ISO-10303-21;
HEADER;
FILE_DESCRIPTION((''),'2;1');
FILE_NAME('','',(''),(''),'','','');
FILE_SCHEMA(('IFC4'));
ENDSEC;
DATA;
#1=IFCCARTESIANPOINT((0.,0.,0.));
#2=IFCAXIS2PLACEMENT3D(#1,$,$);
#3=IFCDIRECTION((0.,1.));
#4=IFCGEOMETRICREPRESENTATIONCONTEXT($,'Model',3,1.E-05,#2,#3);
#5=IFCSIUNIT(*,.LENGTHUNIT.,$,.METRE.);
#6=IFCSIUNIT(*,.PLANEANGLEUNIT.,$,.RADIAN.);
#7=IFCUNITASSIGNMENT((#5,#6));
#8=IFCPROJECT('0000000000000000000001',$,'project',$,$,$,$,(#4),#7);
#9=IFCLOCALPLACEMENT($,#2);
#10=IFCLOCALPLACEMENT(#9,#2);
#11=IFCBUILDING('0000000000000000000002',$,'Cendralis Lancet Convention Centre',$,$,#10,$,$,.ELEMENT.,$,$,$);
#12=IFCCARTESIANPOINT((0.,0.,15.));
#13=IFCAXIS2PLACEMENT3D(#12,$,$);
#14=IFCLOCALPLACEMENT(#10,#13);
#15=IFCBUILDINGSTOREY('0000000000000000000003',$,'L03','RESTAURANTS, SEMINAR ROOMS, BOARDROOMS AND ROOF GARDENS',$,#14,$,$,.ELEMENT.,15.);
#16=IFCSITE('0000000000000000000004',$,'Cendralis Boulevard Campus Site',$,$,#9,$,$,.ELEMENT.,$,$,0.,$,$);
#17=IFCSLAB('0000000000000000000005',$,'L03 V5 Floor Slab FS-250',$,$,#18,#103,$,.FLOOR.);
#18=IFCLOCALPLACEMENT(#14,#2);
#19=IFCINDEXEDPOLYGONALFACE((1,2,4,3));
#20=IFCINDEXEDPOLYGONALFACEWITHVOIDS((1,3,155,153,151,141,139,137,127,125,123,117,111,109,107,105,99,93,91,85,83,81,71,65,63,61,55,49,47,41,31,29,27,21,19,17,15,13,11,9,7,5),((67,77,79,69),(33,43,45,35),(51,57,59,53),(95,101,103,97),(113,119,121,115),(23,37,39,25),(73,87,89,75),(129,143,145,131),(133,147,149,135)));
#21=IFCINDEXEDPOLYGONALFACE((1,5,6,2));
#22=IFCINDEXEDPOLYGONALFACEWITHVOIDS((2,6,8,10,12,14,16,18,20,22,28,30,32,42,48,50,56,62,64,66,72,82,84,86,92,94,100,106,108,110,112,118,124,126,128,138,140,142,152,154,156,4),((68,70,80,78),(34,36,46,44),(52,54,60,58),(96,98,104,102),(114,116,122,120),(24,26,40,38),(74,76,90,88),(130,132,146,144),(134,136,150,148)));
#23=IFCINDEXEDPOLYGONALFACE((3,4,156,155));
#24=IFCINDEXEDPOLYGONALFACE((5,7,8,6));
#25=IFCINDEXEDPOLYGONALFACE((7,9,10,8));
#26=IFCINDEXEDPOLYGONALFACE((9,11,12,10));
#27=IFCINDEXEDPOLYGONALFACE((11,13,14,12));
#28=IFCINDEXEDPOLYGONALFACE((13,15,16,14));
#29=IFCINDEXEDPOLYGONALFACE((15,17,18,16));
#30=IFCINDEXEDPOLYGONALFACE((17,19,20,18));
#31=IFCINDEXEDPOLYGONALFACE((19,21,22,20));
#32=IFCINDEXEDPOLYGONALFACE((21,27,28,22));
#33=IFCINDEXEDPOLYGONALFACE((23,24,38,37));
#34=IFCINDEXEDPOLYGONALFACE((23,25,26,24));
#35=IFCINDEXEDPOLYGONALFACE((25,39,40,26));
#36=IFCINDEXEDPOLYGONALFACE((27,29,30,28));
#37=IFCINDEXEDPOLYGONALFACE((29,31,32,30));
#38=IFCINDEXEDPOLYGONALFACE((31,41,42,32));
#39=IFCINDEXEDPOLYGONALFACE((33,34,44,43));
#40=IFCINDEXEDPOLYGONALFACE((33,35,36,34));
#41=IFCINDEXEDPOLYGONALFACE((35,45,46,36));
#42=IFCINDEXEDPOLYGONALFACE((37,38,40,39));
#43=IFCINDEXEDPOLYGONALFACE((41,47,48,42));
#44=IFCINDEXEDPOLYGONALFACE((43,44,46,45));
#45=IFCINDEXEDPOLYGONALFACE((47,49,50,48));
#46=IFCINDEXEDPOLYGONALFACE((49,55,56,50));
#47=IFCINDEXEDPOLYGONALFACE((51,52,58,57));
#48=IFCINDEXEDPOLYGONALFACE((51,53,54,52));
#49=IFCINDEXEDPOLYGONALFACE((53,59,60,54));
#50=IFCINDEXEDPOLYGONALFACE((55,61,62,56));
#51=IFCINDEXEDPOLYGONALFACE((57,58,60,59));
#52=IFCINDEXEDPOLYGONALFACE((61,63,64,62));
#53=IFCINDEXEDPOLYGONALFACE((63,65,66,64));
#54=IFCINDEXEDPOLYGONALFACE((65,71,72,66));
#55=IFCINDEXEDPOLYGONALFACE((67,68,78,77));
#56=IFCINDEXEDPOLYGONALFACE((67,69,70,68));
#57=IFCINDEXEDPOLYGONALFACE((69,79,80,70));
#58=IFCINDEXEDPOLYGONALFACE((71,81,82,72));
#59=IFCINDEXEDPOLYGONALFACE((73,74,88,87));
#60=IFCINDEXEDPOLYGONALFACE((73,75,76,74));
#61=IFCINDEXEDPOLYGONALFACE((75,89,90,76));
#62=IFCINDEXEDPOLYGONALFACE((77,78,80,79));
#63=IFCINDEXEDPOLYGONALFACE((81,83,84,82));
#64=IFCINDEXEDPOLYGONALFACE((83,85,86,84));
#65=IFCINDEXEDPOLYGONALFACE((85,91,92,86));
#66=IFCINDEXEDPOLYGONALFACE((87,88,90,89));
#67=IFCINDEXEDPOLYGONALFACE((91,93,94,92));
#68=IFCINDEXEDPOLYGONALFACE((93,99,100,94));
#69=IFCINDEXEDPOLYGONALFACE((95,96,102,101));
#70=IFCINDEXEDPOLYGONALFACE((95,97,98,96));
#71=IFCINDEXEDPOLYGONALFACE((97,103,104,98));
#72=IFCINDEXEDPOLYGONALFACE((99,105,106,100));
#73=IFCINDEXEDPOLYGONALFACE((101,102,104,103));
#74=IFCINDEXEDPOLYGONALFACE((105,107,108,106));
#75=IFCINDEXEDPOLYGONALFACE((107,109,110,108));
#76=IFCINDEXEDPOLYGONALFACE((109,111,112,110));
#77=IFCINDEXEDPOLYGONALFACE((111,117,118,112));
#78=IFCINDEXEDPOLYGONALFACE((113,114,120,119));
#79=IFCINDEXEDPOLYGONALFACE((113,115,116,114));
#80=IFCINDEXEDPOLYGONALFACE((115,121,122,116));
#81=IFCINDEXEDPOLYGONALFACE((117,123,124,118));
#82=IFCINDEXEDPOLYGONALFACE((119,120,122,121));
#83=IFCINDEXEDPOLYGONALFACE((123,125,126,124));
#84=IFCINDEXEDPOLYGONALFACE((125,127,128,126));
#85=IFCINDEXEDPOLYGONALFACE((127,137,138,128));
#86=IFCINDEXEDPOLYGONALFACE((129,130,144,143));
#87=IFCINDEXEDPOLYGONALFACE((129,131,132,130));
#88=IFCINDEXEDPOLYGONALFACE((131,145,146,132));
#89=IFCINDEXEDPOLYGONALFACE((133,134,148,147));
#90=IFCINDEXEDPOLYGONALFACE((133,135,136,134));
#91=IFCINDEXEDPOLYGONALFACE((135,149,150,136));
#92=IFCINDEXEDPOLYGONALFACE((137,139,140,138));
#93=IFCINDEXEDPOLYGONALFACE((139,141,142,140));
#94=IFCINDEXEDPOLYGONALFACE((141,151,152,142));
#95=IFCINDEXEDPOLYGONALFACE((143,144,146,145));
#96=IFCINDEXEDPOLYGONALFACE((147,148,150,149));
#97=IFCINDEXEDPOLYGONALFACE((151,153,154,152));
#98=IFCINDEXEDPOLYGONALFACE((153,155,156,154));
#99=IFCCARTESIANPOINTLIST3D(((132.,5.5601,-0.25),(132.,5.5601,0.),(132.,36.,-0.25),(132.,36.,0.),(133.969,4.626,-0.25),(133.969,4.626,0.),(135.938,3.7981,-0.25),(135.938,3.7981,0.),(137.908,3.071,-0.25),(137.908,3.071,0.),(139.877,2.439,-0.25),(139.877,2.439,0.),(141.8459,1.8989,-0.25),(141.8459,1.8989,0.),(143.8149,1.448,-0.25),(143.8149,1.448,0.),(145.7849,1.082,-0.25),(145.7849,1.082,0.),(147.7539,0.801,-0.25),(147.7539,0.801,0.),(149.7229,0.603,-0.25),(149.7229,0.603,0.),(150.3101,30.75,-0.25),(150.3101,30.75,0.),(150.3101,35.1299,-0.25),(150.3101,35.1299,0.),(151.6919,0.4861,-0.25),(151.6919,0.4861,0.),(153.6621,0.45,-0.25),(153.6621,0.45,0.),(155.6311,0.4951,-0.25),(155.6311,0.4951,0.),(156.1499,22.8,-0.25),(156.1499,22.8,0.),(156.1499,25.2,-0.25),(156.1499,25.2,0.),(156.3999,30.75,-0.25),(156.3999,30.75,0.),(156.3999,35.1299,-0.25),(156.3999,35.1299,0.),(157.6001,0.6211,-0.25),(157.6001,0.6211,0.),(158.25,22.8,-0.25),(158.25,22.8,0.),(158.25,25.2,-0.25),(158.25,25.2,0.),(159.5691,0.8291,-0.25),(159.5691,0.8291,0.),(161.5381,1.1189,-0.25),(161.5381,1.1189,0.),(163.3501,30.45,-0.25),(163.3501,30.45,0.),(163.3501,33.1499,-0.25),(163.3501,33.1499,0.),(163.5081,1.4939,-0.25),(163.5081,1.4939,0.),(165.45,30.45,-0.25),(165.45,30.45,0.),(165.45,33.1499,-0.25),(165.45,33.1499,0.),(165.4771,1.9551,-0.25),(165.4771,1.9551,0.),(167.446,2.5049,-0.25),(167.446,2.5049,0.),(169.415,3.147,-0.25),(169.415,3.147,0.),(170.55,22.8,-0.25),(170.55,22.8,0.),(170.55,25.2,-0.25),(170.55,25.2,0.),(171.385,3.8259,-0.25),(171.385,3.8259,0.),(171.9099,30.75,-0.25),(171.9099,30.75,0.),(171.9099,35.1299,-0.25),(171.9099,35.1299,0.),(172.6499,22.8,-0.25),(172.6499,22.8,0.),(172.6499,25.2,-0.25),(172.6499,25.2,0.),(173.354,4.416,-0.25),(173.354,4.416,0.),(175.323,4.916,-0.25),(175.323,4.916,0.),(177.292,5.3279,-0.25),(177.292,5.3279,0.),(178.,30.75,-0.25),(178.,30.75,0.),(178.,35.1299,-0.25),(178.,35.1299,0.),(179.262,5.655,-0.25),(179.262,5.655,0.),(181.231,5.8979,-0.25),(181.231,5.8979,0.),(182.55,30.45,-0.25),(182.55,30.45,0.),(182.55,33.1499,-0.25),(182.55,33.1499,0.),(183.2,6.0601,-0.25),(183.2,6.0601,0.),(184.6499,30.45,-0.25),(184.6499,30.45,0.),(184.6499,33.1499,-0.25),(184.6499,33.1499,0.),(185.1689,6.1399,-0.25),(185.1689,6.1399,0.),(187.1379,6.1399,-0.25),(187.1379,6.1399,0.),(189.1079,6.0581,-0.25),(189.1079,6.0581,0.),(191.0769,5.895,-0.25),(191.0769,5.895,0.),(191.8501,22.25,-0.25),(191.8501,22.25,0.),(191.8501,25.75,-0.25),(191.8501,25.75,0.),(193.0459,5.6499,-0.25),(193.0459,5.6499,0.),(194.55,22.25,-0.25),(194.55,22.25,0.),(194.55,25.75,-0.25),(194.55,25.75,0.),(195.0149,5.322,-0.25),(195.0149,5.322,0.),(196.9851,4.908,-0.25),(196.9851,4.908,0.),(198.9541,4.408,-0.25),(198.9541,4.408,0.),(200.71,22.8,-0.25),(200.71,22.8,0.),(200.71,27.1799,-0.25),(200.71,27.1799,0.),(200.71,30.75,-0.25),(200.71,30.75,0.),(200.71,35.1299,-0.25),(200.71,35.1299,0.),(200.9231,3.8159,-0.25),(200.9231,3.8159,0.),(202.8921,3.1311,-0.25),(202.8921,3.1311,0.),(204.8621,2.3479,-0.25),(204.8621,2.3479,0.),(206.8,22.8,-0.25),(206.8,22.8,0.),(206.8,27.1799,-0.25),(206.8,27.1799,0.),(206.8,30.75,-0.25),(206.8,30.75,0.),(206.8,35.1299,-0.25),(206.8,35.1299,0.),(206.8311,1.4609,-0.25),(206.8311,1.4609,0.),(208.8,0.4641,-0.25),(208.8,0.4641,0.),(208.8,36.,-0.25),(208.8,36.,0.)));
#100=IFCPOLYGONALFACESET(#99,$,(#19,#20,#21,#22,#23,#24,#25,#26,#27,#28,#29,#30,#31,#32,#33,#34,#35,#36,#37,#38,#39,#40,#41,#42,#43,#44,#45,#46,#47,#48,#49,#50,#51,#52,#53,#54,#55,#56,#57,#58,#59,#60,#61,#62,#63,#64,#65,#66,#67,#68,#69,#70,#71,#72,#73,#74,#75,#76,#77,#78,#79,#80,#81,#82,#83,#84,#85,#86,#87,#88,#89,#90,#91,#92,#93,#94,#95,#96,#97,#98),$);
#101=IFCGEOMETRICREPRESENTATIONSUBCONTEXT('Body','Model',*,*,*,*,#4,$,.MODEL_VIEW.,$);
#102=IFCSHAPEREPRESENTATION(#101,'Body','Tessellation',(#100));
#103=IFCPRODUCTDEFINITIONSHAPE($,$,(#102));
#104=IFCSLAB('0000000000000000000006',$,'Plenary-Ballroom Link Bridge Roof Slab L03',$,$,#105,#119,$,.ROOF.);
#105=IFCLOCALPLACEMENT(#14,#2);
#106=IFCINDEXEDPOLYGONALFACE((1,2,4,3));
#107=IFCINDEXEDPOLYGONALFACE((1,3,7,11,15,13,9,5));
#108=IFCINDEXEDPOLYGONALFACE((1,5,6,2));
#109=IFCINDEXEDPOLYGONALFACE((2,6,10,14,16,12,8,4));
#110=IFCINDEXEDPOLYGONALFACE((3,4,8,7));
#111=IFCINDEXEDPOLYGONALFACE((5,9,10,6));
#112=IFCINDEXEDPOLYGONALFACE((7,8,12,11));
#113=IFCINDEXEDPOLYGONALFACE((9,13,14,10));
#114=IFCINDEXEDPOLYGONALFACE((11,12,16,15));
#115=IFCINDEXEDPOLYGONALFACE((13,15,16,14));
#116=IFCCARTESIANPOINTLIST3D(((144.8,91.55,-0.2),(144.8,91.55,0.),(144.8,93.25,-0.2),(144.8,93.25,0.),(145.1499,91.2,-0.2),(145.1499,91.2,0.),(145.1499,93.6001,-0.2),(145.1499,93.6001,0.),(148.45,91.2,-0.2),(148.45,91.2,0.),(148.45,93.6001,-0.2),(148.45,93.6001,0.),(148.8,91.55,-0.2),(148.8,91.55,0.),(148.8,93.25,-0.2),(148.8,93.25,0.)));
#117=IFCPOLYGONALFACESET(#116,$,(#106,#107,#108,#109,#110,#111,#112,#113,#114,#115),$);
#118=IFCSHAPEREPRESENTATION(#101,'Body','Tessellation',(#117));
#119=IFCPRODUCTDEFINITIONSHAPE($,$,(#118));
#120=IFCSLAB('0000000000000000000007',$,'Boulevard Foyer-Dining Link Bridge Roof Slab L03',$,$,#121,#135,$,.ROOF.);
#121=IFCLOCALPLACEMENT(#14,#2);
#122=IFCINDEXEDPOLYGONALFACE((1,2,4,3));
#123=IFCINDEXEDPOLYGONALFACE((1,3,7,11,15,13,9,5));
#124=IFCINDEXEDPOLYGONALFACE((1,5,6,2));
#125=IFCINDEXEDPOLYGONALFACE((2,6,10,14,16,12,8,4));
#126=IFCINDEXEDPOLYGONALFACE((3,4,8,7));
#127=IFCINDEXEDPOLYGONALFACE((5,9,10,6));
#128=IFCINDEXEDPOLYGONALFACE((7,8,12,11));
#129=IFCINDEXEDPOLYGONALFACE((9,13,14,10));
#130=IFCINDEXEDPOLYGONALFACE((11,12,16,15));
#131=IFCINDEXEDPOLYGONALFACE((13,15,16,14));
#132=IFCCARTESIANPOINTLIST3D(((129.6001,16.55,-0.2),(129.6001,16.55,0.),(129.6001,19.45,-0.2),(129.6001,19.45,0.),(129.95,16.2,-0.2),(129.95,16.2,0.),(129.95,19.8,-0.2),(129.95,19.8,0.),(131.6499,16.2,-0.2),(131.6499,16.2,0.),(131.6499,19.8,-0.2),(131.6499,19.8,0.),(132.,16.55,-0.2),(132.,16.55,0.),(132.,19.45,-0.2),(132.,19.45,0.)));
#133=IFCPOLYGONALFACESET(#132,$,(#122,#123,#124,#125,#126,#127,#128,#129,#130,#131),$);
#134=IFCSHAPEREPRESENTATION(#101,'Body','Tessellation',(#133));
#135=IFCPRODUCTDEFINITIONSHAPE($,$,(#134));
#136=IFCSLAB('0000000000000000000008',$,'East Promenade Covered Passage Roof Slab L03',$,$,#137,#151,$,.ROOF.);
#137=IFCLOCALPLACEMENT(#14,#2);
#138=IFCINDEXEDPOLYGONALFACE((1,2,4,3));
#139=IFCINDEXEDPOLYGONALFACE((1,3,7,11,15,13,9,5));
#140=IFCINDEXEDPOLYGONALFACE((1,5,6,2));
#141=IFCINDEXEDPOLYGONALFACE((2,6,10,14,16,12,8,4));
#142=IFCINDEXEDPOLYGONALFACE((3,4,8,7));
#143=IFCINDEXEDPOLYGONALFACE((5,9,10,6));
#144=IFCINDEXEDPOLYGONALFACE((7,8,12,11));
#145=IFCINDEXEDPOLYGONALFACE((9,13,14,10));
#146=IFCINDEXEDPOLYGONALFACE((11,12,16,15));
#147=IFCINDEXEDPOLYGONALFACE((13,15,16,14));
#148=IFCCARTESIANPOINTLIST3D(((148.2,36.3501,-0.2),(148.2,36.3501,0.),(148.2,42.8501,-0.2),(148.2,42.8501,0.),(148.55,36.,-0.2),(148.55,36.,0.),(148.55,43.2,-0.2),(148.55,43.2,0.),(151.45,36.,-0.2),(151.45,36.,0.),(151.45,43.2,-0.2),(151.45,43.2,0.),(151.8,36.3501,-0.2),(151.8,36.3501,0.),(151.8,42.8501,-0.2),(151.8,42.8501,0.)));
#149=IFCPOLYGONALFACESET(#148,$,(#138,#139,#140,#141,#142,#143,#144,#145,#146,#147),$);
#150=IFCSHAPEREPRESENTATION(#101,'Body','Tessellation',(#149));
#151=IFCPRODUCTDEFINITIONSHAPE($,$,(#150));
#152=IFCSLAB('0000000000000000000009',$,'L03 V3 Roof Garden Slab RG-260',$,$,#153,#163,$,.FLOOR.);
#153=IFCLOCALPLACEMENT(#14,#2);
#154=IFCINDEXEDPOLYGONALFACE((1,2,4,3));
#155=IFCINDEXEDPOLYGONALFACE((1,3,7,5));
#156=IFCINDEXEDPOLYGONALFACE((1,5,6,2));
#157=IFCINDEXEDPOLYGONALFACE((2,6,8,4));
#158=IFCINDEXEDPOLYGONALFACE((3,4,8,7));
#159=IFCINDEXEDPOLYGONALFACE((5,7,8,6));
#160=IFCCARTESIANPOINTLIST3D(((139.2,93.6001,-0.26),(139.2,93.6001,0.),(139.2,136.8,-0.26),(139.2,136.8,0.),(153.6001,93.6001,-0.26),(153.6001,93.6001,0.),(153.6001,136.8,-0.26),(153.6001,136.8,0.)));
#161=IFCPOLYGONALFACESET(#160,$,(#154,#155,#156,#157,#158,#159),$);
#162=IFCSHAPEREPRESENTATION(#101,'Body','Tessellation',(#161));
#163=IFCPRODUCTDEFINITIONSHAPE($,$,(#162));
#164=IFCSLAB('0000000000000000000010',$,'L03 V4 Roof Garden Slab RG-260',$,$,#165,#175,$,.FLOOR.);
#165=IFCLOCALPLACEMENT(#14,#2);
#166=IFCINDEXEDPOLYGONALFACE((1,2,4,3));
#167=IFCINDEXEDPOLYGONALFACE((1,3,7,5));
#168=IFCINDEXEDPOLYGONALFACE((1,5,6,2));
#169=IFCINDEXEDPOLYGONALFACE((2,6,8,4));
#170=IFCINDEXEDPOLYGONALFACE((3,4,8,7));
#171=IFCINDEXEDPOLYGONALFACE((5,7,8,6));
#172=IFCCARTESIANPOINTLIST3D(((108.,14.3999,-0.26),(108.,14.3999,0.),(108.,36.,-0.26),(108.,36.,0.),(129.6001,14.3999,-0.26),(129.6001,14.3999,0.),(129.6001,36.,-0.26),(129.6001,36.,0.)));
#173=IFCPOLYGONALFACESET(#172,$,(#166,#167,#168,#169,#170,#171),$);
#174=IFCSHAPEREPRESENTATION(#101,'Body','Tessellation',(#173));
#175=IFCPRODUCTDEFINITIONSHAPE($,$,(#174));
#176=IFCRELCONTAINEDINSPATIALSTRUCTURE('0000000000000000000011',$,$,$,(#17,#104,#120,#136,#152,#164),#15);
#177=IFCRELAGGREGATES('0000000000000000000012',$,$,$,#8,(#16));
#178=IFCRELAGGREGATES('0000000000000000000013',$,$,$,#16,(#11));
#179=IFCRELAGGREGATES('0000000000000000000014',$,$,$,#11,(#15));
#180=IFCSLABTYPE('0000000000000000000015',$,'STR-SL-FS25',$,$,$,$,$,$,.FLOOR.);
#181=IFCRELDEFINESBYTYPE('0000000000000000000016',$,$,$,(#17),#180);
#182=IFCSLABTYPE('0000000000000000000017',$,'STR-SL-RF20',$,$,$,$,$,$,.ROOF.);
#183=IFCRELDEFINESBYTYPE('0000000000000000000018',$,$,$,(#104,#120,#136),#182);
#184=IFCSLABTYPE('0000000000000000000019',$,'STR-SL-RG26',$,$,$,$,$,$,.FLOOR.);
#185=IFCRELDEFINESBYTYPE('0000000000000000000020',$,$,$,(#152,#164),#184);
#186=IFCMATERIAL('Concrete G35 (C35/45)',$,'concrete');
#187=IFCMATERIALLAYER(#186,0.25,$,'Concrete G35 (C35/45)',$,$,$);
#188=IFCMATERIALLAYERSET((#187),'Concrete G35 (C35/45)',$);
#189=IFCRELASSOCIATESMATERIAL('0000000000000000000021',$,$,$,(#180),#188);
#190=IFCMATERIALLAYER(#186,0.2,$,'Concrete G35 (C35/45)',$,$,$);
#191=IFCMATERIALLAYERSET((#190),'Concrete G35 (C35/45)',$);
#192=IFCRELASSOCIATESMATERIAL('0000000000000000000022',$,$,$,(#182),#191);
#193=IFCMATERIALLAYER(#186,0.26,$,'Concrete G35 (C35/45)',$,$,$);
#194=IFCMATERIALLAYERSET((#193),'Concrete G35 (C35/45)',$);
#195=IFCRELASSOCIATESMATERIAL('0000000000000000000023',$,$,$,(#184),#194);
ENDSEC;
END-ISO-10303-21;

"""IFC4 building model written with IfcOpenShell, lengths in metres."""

from ifc_helpers import new_model, si_unit, direction, frame, origin, place, context, subcontext, project, spatial, polyline, outline, extrude, material, layer, layer_set, type_object, element, save


model = new_model("IFC4")

# Units and contexts
model_context = context("Model", 3, precision=1e-05, world=origin(), true_north=direction((0.0, 1.0)))
body_context = subcontext(model_context, "Body", "Model", "MODEL_VIEW")
ifc_project = project(units=[si_unit("LENGTHUNIT", "METRE"), si_unit("PLANEANGLEUNIT", "RADIAN")], contexts=[model_context])

# Site, building, storey
site_placement = place(None, origin())
site = spatial("IfcSite", under=ifc_project, at=site_placement, Name="Cendralis Boulevard Campus Site", CompositionType="ELEMENT", RefElevation=0.0)
building_placement = place(site_placement, origin())
building = spatial("IfcBuilding", under=site, at=building_placement, Name="Cendralis Lancet Convention Centre", CompositionType="ELEMENT")
storey_placement = place(building_placement, frame((0.0, 0.0, 15.0)))
storey = spatial("IfcBuildingStorey", under=building, at=storey_placement, Name="L03", Description="RESTAURANTS, SEMINAR ROOMS, BOARDROOMS AND ROOF GARDENS", CompositionType="ELEMENT", Elevation=15.0)

# Shared definitions
ifc_material_1 = material(Name="Concrete G35 (C35/45)", Category="concrete")

# Slabs
ifc_layer_1 = layer(ifc_material_1, 0.25, Name="Concrete G35 (C35/45)")
ifc_layer_set_1 = layer_set([ifc_layer_1], Name="Concrete G35 (C35/45)")
slab_type_1 = type_object("IfcSlabType", Name="STR-SL-FS25", PredefinedType="FLOOR", material=ifc_layer_set_1)
slab_1_placement = place(storey_placement, frame((0.0, 0.0, -0.25)))
element("IfcSlab", 1, at=slab_1_placement, inside=storey, type_object=slab_type_1, Name="L03 V5 Floor Slab FS-250", PredefinedType="FLOOR", context=body_context, shape_type="SweptSolid", body=[
    extrude(outline(polyline([(132.0, 5.5601), (133.969, 4.626), (135.938, 3.7981), (137.908, 3.071), (139.877, 2.439), (141.8459, 1.8989), (143.8149, 1.448), (145.7849, 1.082), (147.7539, 0.801), (149.7229, 0.603), (151.6919, 0.4861), (153.6621, 0.45), (155.6311, 0.4951), (157.6001, 0.6211), (159.5691, 0.8291), (161.5381, 1.1189), (163.5081, 1.4939), (165.4771, 1.9551), (167.446, 2.5049), (169.415, 3.147), (171.385, 3.8259), (173.354, 4.416), (175.323, 4.916), (177.292, 5.3279), (179.262, 5.655), (181.231, 5.8979), (183.2, 6.0601), (185.1689, 6.1399), (187.1379, 6.1399), (189.1079, 6.0581), (191.0769, 5.895), (193.0459, 5.6499), (195.0149, 5.322), (196.9851, 4.908), (198.9541, 4.408), (200.9231, 3.8159), (202.8921, 3.1311), (204.8621, 2.3479), (206.8311, 1.4609), (208.8, 0.4641), (208.8, 36.0), (132.0, 36.0), (132.0, 5.5601)]), holes=[polyline([(150.3101, 30.75), (156.3999, 30.75), (156.3999, 35.1299), (150.3101, 35.1299), (150.3101, 30.75)]), polyline([(171.9099, 30.75), (178.0, 30.75), (178.0, 35.1299), (171.9099, 35.1299), (171.9099, 30.75)]), polyline([(200.71, 22.8), (206.8, 22.8), (206.8, 27.1799), (200.71, 27.1799), (200.71, 22.8)]), polyline([(200.71, 30.75), (206.8, 30.75), (206.8, 35.1299), (200.71, 35.1299), (200.71, 30.75)]), polyline([(163.3501, 30.45), (165.45, 30.45), (165.45, 33.1499), (163.3501, 33.1499), (163.3501, 30.45)]), polyline([(182.55, 30.45), (184.6499, 30.45), (184.6499, 33.1499), (182.55, 33.1499), (182.55, 30.45)]), polyline([(156.1499, 22.8), (158.25, 22.8), (158.25, 25.2), (156.1499, 25.2), (156.1499, 22.8)]), polyline([(170.55, 22.8), (172.6499, 22.8), (172.6499, 25.2), (170.55, 25.2), (170.55, 22.8)]), polyline([(191.8501, 22.25), (194.55, 22.25), (194.55, 25.75), (191.8501, 25.75), (191.8501, 22.25)])]), origin(), (0.0, 0.0, 1.0), 0.25),
])
ifc_layer_2 = layer(ifc_material_1, 0.2, Name="Concrete G35 (C35/45)")
ifc_layer_set_2 = layer_set([ifc_layer_2], Name="Concrete G35 (C35/45)")
slab_type_2 = type_object("IfcSlabType", Name="STR-SL-RF20", PredefinedType="ROOF", material=ifc_layer_set_2)
slab_2_placement = place(storey_placement, frame((0.0, 0.0, -0.2)))
element("IfcSlab", 2, at=slab_2_placement, inside=storey, type_object=slab_type_2, Name="Plenary-Ballroom Link Bridge Roof Slab L03", PredefinedType="ROOF", context=body_context, shape_type="SweptSolid", body=[
    extrude(outline(polyline([(145.1499, 91.2), (148.45, 91.2), (148.8, 91.55), (148.8, 93.25), (148.45, 93.6001), (145.1499, 93.6001), (144.8, 93.25), (144.8, 91.55), (145.1499, 91.2)])), origin(), (0.0, 0.0, 1.0), 0.2),
])
slab_3_placement = place(storey_placement, frame((0.0, 0.0, -0.2)))
element("IfcSlab", 3, at=slab_3_placement, inside=storey, type_object=slab_type_2, Name="Boulevard Foyer-Dining Link Bridge Roof Slab L03", PredefinedType="ROOF", context=body_context, shape_type="SweptSolid", body=[
    extrude(outline(polyline([(129.95, 16.2), (131.6499, 16.2), (132.0, 16.55), (132.0, 19.45), (131.6499, 19.8), (129.95, 19.8), (129.6001, 19.45), (129.6001, 16.55), (129.95, 16.2)])), origin(), (0.0, 0.0, 1.0), 0.2),
])
slab_4_placement = place(storey_placement, frame((0.0, 0.0, -0.2)))
element("IfcSlab", 4, at=slab_4_placement, inside=storey, type_object=slab_type_2, Name="East Promenade Covered Passage Roof Slab L03", PredefinedType="ROOF", context=body_context, shape_type="SweptSolid", body=[
    extrude(outline(polyline([(148.55, 36.0), (151.45, 36.0), (151.8, 36.3501), (151.8, 42.8501), (151.45, 43.2), (148.55, 43.2), (148.2, 42.8501), (148.2, 36.3501), (148.55, 36.0)])), origin(), (0.0, 0.0, 1.0), 0.2),
])
ifc_layer_3 = layer(ifc_material_1, 0.26, Name="Concrete G35 (C35/45)")
ifc_layer_set_3 = layer_set([ifc_layer_3], Name="Concrete G35 (C35/45)")
slab_type_3 = type_object("IfcSlabType", Name="STR-SL-RG26", PredefinedType="FLOOR", material=ifc_layer_set_3)
slab_5_placement = place(storey_placement, frame((0.0, 0.0, -0.26)))
element("IfcSlab", 5, at=slab_5_placement, inside=storey, type_object=slab_type_3, Name="L03 V3 Roof Garden Slab RG-260", PredefinedType="FLOOR", context=body_context, shape_type="SweptSolid", body=[
    extrude(outline(polyline([(139.2, 93.6001), (153.6001, 93.6001), (153.6001, 136.8), (139.2, 136.8), (139.2, 93.6001)])), origin(), (0.0, 0.0, 1.0), 0.26),
])
slab_6_placement = place(storey_placement, frame((0.0, 0.0, -0.26)))
element("IfcSlab", 6, at=slab_6_placement, inside=storey, type_object=slab_type_3, Name="L03 V4 Roof Garden Slab RG-260", PredefinedType="FLOOR", context=body_context, shape_type="SweptSolid", body=[
    extrude(outline(polyline([(108.0, 14.3999), (129.6001, 14.3999), (129.6001, 36.0), (108.0, 36.0), (108.0, 14.3999)])), origin(), (0.0, 0.0, 1.0), 0.26),
])

save(model, "model.ifc")
